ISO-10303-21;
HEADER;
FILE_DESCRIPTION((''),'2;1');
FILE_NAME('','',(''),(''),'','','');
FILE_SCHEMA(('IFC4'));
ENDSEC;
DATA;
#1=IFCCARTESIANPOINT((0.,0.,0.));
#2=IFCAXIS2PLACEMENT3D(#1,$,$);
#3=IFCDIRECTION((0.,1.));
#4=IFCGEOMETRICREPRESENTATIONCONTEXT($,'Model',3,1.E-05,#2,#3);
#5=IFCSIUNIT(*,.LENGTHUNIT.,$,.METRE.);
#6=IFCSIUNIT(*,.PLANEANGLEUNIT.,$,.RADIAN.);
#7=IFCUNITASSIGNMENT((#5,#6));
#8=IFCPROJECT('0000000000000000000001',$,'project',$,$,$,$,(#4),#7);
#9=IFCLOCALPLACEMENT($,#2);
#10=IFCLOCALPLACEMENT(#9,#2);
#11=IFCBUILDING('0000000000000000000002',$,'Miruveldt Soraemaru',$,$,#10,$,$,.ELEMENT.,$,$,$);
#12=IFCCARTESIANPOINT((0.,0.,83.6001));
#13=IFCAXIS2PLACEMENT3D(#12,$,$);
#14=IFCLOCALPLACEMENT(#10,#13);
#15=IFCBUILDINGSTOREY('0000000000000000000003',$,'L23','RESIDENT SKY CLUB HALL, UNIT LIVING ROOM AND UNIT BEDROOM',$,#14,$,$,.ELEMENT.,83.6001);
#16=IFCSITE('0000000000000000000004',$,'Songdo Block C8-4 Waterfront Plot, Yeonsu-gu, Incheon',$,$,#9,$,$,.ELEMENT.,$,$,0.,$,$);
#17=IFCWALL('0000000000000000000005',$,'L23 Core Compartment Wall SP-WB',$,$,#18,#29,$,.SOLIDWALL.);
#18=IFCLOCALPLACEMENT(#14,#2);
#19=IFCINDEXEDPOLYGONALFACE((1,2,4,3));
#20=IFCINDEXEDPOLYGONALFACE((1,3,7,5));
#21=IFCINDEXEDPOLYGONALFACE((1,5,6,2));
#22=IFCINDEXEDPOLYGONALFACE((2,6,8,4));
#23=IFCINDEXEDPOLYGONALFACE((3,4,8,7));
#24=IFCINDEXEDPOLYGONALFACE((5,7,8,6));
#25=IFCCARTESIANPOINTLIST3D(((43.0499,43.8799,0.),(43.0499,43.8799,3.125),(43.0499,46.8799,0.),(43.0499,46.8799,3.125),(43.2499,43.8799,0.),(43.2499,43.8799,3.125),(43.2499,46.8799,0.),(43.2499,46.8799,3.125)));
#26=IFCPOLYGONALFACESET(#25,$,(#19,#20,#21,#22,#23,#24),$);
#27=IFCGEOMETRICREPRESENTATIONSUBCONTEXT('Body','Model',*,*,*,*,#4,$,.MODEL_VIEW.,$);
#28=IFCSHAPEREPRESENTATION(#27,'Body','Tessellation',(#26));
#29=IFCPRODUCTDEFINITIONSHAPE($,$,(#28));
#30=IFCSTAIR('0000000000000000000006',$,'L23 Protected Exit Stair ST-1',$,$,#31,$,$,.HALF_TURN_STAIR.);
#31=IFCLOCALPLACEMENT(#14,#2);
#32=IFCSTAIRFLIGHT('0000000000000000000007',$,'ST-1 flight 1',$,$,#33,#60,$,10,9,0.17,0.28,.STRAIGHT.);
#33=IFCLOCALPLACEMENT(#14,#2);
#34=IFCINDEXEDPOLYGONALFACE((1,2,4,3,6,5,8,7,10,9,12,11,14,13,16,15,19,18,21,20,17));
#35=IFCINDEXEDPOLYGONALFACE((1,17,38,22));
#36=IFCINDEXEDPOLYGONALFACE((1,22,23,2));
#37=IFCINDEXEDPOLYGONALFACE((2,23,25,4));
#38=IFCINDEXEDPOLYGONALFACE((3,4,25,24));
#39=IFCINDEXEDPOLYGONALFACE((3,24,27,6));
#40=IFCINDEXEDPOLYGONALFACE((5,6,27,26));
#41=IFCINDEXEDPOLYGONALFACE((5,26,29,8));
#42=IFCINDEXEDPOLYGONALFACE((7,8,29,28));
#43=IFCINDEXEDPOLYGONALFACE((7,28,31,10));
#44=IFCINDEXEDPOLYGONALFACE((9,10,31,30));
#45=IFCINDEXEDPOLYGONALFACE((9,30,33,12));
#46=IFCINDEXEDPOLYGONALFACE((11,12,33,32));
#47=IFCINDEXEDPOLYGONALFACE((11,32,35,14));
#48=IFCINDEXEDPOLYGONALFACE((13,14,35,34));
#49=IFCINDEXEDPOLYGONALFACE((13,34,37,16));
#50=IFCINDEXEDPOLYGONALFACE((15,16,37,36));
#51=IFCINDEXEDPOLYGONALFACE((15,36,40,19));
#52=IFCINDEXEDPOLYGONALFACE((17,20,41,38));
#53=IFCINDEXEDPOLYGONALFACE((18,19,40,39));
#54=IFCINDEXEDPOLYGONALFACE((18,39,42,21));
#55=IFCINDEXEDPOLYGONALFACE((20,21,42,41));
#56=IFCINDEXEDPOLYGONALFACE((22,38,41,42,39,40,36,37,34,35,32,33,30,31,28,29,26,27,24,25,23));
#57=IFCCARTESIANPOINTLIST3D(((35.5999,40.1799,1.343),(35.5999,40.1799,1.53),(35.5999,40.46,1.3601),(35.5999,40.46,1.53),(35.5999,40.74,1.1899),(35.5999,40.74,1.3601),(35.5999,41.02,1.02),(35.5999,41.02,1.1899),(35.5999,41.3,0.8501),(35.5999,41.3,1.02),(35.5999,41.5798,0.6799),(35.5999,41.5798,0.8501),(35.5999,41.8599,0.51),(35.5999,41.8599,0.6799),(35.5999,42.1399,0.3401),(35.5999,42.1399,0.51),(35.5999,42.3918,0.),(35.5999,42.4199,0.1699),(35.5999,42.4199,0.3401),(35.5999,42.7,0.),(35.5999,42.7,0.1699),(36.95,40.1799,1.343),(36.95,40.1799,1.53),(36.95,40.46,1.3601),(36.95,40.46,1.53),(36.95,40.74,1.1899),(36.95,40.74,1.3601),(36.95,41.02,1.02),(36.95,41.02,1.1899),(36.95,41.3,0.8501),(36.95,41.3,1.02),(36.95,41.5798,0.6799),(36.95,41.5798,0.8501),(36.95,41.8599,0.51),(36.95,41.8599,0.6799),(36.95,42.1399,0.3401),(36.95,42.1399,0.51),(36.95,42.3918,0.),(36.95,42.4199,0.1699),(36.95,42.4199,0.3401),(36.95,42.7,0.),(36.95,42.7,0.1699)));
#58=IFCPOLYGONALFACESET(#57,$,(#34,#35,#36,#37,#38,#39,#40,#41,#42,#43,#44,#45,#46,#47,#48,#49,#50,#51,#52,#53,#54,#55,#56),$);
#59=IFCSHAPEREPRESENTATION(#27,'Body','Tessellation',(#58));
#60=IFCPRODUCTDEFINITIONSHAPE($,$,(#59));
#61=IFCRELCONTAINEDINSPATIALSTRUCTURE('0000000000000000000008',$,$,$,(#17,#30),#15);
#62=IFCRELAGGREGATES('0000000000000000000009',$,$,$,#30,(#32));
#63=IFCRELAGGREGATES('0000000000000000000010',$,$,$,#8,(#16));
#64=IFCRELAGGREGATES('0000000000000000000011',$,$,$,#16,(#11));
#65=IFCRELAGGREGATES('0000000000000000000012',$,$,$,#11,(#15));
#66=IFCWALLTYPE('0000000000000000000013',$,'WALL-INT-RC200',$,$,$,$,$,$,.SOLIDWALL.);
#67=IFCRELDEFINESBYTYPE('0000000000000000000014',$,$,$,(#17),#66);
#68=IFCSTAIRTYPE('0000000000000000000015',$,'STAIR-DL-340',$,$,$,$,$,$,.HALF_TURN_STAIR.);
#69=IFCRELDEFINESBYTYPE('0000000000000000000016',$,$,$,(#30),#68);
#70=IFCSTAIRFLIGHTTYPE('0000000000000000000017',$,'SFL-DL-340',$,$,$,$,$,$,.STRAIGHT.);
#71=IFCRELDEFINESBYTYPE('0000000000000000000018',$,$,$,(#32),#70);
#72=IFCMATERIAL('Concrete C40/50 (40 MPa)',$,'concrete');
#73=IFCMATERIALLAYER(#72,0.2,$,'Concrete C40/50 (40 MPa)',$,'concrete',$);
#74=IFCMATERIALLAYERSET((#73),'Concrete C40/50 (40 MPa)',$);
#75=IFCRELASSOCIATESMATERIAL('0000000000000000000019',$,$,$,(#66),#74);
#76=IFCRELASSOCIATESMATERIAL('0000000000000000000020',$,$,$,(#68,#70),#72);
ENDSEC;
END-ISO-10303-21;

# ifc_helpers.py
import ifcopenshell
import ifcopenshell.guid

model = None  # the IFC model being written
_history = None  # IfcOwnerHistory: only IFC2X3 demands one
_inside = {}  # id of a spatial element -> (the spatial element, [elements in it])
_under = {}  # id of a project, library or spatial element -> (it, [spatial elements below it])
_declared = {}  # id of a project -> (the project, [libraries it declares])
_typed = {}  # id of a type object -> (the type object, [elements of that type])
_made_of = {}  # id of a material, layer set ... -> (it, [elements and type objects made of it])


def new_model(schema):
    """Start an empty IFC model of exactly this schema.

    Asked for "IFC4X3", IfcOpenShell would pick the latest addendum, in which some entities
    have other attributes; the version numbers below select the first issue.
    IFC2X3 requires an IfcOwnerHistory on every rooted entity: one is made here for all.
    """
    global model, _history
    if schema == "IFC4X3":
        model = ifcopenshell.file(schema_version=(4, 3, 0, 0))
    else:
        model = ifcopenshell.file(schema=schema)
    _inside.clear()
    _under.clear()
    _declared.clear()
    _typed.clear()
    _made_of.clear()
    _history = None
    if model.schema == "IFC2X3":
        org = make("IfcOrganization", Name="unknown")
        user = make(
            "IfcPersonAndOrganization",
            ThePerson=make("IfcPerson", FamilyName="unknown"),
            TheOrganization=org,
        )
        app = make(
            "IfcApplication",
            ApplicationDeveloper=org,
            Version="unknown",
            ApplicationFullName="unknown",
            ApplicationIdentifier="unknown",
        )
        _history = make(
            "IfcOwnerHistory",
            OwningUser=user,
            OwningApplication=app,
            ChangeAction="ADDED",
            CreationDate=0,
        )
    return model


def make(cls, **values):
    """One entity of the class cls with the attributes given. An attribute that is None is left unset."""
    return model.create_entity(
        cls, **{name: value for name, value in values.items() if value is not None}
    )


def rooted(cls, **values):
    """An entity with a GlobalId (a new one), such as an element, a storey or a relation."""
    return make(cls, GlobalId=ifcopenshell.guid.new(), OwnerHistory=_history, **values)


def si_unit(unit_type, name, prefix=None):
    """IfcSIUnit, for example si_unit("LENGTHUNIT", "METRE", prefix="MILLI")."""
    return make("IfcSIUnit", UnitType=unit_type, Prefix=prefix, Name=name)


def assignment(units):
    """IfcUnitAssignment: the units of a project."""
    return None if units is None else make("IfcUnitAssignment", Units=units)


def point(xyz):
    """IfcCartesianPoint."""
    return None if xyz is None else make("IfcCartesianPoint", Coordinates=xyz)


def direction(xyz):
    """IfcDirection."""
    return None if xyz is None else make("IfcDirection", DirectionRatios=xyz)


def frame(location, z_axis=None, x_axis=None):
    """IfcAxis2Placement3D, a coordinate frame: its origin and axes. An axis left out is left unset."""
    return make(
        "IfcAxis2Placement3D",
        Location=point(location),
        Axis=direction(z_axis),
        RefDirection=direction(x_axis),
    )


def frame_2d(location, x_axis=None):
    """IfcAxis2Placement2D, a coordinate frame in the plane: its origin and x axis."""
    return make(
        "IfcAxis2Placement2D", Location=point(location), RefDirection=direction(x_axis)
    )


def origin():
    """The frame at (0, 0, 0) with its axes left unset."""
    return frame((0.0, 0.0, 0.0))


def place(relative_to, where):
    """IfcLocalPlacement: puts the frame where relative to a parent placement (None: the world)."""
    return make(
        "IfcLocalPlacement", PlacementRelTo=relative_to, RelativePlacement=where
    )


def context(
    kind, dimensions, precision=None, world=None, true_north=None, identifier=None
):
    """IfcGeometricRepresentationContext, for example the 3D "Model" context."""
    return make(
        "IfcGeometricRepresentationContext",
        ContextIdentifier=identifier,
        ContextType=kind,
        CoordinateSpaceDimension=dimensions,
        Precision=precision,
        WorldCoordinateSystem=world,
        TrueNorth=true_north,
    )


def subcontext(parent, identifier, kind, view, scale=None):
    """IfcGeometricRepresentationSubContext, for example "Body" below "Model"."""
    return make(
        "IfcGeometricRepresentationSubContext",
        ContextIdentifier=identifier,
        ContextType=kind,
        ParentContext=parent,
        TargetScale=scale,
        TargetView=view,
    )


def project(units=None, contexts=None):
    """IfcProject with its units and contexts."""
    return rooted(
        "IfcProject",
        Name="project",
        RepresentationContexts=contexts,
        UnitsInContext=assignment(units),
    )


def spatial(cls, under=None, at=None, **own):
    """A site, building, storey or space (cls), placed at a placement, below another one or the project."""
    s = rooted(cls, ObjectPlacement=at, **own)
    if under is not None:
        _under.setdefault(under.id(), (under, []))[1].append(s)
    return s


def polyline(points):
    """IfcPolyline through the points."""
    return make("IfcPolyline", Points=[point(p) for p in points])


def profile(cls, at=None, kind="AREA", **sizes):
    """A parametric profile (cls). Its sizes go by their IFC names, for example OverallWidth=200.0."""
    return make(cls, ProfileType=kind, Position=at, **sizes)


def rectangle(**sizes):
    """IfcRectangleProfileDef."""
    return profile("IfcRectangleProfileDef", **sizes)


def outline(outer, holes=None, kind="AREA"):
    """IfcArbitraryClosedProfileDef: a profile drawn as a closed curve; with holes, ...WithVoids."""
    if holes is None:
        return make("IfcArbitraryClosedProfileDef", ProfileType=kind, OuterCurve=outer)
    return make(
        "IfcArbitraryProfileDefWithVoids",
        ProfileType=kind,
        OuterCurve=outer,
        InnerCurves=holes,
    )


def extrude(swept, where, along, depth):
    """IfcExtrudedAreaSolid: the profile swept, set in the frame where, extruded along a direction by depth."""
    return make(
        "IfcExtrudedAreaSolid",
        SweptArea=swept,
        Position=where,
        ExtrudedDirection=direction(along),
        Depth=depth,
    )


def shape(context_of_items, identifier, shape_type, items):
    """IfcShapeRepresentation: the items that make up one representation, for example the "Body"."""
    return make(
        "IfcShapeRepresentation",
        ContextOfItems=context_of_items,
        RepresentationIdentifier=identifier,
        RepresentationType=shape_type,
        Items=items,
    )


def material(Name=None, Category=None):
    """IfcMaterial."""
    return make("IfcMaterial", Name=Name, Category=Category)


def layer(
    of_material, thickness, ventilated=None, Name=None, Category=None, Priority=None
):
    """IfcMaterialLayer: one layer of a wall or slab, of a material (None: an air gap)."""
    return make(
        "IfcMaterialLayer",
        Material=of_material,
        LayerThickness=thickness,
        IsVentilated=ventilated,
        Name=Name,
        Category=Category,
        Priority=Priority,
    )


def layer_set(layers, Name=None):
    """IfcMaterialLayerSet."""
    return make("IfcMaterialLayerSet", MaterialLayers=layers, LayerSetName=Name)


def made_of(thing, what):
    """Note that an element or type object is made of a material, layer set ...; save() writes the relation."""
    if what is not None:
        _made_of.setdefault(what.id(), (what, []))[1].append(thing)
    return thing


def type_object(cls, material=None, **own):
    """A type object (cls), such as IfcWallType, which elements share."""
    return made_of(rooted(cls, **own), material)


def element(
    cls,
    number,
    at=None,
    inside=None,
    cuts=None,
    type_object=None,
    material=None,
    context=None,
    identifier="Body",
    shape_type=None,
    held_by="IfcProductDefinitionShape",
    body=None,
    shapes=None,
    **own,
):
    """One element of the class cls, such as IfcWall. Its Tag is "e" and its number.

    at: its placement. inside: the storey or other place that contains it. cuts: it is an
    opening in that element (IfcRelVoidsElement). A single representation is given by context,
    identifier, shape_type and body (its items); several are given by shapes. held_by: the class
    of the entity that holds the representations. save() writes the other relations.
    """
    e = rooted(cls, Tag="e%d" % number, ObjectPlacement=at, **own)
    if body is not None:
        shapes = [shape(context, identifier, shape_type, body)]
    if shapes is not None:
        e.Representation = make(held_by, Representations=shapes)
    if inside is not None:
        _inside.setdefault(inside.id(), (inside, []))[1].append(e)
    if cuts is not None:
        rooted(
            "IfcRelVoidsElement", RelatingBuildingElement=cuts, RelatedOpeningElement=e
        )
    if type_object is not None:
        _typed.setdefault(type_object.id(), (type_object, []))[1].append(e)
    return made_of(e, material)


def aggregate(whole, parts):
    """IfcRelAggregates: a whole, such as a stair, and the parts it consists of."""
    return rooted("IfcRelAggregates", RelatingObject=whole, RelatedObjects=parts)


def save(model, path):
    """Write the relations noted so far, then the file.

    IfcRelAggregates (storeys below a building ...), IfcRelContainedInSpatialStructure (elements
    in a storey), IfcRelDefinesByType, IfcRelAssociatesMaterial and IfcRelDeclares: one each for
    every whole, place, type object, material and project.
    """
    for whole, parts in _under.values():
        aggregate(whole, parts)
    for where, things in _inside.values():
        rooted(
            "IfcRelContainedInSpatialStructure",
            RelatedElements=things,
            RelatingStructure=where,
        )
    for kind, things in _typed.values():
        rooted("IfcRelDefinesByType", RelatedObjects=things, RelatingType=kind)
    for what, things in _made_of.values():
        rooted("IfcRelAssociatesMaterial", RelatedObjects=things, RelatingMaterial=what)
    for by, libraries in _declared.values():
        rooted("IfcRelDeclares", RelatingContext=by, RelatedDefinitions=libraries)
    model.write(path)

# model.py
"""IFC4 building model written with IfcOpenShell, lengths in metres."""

from ifc_helpers import new_model, si_unit, direction, frame, frame_2d, origin, place, context, subcontext, project, spatial, polyline, rectangle, outline, extrude, material, layer, layer_set, type_object, element, aggregate, save


model = new_model("IFC4")

# Units and contexts
model_context = context("Model", 3, precision=1e-05, world=origin(), true_north=direction((0.0, 1.0)))
body_context = subcontext(model_context, "Body", "Model", "MODEL_VIEW")
ifc_project = project(units=[si_unit("LENGTHUNIT", "METRE"), si_unit("PLANEANGLEUNIT", "RADIAN")], contexts=[model_context])

# Site, building, storey
site_placement = place(None, origin())
site = spatial("IfcSite", under=ifc_project, at=site_placement, Name="Songdo Block C8-4 Waterfront Plot, Yeonsu-gu, Incheon", CompositionType="ELEMENT", RefElevation=0.0)
building_placement = place(site_placement, origin())
building = spatial("IfcBuilding", under=site, at=building_placement, Name="Miruveldt Soraemaru", CompositionType="ELEMENT")
storey_placement = place(building_placement, frame((0.0, 0.0, 83.6001)))
storey = spatial("IfcBuildingStorey", under=building, at=storey_placement, Name="L23", Description="RESIDENT SKY CLUB HALL, UNIT LIVING ROOM AND UNIT BEDROOM", CompositionType="ELEMENT", Elevation=83.6001)

# Shared definitions
ifc_material_1 = material(Name="Concrete C40/50 (40 MPa)", Category="concrete")

# Shared definitions
ifc_layer_1 = layer(ifc_material_1, 0.2, Name="Concrete C40/50 (40 MPa)", Category="concrete")
ifc_layer_set_1 = layer_set([ifc_layer_1], Name="Concrete C40/50 (40 MPa)")
wall_type_1 = type_object("IfcWallType", Name="WALL-INT-RC200", PredefinedType="SOLIDWALL", material=ifc_layer_set_1)

# Wall
wall_1_placement = place(storey_placement, frame((43.1499, 43.8799, 0.0), z_axis=(0.0, 0.0, 1.0), x_axis=(0.0, 1.0, 0.0)))
element("IfcWall", 1, at=wall_1_placement, inside=storey, type_object=wall_type_1, Name="L23 Core Compartment Wall SP-WB", PredefinedType="SOLIDWALL", context=body_context, shape_type="SweptSolid", body=[
    extrude(rectangle(XDim=3.0, YDim=0.2, at=frame_2d((1.5, 0.0))), origin(), (0.0, 0.0, 1.0), 3.125),
])

# Stair, stair flight
stair_type = type_object("IfcStairType", Name="STAIR-DL-340", PredefinedType="HALF_TURN_STAIR", material=ifc_material_1)
stair_placement = place(storey_placement, origin())
stair = element("IfcStair", 2, at=stair_placement, inside=storey, type_object=stair_type, Name="L23 Protected Exit Stair ST-1", PredefinedType="HALF_TURN_STAIR")
stair_flight_type = type_object("IfcStairFlightType", Name="SFL-DL-340", PredefinedType="STRAIGHT", material=ifc_material_1)
stair_flight_placement = place(storey_placement, frame((36.2749, 42.7, 0.0), z_axis=(0.0, 0.0, 1.0), x_axis=(0.0, -1.0, 0.0)))
stair_flight = element("IfcStairFlight", 3, at=stair_flight_placement, type_object=stair_flight_type, Name="ST-1 flight 1", NumberOfRisers=10, NumberOfTreads=9, PredefinedType="STRAIGHT", RiserHeight=0.17, TreadLength=0.28, context=body_context, shape_type="SweptSolid", body=[
    extrude(outline(polyline([(0.0, 0.0), (0.0, 0.1699), (0.28, 0.1699), (0.28, 0.3401), (0.5601, 0.3401), (0.5601, 0.51), (0.8401, 0.51), (0.8401, 0.6799), (1.1201, 0.6799), (1.1201, 0.8501), (1.3999, 0.8501), (1.3999, 1.02), (1.6799, 1.02), (1.6799, 1.1899), (1.96, 1.1899), (1.96, 1.3601), (2.24, 1.3601), (2.24, 1.53), (2.52, 1.53), (2.52, 1.7), (2.52, 1.343), (0.3081, 0.0), (0.0, 0.0)])), frame((0.0, 0.675, 0.0), z_axis=(0.0, -1.0, 0.0), x_axis=(1.0, 0.0, 0.0)), (0.0, 0.0, 1.0), 1.3501),
])
aggregate(stair, [stair_flight])

save(model, "model.ifc")
